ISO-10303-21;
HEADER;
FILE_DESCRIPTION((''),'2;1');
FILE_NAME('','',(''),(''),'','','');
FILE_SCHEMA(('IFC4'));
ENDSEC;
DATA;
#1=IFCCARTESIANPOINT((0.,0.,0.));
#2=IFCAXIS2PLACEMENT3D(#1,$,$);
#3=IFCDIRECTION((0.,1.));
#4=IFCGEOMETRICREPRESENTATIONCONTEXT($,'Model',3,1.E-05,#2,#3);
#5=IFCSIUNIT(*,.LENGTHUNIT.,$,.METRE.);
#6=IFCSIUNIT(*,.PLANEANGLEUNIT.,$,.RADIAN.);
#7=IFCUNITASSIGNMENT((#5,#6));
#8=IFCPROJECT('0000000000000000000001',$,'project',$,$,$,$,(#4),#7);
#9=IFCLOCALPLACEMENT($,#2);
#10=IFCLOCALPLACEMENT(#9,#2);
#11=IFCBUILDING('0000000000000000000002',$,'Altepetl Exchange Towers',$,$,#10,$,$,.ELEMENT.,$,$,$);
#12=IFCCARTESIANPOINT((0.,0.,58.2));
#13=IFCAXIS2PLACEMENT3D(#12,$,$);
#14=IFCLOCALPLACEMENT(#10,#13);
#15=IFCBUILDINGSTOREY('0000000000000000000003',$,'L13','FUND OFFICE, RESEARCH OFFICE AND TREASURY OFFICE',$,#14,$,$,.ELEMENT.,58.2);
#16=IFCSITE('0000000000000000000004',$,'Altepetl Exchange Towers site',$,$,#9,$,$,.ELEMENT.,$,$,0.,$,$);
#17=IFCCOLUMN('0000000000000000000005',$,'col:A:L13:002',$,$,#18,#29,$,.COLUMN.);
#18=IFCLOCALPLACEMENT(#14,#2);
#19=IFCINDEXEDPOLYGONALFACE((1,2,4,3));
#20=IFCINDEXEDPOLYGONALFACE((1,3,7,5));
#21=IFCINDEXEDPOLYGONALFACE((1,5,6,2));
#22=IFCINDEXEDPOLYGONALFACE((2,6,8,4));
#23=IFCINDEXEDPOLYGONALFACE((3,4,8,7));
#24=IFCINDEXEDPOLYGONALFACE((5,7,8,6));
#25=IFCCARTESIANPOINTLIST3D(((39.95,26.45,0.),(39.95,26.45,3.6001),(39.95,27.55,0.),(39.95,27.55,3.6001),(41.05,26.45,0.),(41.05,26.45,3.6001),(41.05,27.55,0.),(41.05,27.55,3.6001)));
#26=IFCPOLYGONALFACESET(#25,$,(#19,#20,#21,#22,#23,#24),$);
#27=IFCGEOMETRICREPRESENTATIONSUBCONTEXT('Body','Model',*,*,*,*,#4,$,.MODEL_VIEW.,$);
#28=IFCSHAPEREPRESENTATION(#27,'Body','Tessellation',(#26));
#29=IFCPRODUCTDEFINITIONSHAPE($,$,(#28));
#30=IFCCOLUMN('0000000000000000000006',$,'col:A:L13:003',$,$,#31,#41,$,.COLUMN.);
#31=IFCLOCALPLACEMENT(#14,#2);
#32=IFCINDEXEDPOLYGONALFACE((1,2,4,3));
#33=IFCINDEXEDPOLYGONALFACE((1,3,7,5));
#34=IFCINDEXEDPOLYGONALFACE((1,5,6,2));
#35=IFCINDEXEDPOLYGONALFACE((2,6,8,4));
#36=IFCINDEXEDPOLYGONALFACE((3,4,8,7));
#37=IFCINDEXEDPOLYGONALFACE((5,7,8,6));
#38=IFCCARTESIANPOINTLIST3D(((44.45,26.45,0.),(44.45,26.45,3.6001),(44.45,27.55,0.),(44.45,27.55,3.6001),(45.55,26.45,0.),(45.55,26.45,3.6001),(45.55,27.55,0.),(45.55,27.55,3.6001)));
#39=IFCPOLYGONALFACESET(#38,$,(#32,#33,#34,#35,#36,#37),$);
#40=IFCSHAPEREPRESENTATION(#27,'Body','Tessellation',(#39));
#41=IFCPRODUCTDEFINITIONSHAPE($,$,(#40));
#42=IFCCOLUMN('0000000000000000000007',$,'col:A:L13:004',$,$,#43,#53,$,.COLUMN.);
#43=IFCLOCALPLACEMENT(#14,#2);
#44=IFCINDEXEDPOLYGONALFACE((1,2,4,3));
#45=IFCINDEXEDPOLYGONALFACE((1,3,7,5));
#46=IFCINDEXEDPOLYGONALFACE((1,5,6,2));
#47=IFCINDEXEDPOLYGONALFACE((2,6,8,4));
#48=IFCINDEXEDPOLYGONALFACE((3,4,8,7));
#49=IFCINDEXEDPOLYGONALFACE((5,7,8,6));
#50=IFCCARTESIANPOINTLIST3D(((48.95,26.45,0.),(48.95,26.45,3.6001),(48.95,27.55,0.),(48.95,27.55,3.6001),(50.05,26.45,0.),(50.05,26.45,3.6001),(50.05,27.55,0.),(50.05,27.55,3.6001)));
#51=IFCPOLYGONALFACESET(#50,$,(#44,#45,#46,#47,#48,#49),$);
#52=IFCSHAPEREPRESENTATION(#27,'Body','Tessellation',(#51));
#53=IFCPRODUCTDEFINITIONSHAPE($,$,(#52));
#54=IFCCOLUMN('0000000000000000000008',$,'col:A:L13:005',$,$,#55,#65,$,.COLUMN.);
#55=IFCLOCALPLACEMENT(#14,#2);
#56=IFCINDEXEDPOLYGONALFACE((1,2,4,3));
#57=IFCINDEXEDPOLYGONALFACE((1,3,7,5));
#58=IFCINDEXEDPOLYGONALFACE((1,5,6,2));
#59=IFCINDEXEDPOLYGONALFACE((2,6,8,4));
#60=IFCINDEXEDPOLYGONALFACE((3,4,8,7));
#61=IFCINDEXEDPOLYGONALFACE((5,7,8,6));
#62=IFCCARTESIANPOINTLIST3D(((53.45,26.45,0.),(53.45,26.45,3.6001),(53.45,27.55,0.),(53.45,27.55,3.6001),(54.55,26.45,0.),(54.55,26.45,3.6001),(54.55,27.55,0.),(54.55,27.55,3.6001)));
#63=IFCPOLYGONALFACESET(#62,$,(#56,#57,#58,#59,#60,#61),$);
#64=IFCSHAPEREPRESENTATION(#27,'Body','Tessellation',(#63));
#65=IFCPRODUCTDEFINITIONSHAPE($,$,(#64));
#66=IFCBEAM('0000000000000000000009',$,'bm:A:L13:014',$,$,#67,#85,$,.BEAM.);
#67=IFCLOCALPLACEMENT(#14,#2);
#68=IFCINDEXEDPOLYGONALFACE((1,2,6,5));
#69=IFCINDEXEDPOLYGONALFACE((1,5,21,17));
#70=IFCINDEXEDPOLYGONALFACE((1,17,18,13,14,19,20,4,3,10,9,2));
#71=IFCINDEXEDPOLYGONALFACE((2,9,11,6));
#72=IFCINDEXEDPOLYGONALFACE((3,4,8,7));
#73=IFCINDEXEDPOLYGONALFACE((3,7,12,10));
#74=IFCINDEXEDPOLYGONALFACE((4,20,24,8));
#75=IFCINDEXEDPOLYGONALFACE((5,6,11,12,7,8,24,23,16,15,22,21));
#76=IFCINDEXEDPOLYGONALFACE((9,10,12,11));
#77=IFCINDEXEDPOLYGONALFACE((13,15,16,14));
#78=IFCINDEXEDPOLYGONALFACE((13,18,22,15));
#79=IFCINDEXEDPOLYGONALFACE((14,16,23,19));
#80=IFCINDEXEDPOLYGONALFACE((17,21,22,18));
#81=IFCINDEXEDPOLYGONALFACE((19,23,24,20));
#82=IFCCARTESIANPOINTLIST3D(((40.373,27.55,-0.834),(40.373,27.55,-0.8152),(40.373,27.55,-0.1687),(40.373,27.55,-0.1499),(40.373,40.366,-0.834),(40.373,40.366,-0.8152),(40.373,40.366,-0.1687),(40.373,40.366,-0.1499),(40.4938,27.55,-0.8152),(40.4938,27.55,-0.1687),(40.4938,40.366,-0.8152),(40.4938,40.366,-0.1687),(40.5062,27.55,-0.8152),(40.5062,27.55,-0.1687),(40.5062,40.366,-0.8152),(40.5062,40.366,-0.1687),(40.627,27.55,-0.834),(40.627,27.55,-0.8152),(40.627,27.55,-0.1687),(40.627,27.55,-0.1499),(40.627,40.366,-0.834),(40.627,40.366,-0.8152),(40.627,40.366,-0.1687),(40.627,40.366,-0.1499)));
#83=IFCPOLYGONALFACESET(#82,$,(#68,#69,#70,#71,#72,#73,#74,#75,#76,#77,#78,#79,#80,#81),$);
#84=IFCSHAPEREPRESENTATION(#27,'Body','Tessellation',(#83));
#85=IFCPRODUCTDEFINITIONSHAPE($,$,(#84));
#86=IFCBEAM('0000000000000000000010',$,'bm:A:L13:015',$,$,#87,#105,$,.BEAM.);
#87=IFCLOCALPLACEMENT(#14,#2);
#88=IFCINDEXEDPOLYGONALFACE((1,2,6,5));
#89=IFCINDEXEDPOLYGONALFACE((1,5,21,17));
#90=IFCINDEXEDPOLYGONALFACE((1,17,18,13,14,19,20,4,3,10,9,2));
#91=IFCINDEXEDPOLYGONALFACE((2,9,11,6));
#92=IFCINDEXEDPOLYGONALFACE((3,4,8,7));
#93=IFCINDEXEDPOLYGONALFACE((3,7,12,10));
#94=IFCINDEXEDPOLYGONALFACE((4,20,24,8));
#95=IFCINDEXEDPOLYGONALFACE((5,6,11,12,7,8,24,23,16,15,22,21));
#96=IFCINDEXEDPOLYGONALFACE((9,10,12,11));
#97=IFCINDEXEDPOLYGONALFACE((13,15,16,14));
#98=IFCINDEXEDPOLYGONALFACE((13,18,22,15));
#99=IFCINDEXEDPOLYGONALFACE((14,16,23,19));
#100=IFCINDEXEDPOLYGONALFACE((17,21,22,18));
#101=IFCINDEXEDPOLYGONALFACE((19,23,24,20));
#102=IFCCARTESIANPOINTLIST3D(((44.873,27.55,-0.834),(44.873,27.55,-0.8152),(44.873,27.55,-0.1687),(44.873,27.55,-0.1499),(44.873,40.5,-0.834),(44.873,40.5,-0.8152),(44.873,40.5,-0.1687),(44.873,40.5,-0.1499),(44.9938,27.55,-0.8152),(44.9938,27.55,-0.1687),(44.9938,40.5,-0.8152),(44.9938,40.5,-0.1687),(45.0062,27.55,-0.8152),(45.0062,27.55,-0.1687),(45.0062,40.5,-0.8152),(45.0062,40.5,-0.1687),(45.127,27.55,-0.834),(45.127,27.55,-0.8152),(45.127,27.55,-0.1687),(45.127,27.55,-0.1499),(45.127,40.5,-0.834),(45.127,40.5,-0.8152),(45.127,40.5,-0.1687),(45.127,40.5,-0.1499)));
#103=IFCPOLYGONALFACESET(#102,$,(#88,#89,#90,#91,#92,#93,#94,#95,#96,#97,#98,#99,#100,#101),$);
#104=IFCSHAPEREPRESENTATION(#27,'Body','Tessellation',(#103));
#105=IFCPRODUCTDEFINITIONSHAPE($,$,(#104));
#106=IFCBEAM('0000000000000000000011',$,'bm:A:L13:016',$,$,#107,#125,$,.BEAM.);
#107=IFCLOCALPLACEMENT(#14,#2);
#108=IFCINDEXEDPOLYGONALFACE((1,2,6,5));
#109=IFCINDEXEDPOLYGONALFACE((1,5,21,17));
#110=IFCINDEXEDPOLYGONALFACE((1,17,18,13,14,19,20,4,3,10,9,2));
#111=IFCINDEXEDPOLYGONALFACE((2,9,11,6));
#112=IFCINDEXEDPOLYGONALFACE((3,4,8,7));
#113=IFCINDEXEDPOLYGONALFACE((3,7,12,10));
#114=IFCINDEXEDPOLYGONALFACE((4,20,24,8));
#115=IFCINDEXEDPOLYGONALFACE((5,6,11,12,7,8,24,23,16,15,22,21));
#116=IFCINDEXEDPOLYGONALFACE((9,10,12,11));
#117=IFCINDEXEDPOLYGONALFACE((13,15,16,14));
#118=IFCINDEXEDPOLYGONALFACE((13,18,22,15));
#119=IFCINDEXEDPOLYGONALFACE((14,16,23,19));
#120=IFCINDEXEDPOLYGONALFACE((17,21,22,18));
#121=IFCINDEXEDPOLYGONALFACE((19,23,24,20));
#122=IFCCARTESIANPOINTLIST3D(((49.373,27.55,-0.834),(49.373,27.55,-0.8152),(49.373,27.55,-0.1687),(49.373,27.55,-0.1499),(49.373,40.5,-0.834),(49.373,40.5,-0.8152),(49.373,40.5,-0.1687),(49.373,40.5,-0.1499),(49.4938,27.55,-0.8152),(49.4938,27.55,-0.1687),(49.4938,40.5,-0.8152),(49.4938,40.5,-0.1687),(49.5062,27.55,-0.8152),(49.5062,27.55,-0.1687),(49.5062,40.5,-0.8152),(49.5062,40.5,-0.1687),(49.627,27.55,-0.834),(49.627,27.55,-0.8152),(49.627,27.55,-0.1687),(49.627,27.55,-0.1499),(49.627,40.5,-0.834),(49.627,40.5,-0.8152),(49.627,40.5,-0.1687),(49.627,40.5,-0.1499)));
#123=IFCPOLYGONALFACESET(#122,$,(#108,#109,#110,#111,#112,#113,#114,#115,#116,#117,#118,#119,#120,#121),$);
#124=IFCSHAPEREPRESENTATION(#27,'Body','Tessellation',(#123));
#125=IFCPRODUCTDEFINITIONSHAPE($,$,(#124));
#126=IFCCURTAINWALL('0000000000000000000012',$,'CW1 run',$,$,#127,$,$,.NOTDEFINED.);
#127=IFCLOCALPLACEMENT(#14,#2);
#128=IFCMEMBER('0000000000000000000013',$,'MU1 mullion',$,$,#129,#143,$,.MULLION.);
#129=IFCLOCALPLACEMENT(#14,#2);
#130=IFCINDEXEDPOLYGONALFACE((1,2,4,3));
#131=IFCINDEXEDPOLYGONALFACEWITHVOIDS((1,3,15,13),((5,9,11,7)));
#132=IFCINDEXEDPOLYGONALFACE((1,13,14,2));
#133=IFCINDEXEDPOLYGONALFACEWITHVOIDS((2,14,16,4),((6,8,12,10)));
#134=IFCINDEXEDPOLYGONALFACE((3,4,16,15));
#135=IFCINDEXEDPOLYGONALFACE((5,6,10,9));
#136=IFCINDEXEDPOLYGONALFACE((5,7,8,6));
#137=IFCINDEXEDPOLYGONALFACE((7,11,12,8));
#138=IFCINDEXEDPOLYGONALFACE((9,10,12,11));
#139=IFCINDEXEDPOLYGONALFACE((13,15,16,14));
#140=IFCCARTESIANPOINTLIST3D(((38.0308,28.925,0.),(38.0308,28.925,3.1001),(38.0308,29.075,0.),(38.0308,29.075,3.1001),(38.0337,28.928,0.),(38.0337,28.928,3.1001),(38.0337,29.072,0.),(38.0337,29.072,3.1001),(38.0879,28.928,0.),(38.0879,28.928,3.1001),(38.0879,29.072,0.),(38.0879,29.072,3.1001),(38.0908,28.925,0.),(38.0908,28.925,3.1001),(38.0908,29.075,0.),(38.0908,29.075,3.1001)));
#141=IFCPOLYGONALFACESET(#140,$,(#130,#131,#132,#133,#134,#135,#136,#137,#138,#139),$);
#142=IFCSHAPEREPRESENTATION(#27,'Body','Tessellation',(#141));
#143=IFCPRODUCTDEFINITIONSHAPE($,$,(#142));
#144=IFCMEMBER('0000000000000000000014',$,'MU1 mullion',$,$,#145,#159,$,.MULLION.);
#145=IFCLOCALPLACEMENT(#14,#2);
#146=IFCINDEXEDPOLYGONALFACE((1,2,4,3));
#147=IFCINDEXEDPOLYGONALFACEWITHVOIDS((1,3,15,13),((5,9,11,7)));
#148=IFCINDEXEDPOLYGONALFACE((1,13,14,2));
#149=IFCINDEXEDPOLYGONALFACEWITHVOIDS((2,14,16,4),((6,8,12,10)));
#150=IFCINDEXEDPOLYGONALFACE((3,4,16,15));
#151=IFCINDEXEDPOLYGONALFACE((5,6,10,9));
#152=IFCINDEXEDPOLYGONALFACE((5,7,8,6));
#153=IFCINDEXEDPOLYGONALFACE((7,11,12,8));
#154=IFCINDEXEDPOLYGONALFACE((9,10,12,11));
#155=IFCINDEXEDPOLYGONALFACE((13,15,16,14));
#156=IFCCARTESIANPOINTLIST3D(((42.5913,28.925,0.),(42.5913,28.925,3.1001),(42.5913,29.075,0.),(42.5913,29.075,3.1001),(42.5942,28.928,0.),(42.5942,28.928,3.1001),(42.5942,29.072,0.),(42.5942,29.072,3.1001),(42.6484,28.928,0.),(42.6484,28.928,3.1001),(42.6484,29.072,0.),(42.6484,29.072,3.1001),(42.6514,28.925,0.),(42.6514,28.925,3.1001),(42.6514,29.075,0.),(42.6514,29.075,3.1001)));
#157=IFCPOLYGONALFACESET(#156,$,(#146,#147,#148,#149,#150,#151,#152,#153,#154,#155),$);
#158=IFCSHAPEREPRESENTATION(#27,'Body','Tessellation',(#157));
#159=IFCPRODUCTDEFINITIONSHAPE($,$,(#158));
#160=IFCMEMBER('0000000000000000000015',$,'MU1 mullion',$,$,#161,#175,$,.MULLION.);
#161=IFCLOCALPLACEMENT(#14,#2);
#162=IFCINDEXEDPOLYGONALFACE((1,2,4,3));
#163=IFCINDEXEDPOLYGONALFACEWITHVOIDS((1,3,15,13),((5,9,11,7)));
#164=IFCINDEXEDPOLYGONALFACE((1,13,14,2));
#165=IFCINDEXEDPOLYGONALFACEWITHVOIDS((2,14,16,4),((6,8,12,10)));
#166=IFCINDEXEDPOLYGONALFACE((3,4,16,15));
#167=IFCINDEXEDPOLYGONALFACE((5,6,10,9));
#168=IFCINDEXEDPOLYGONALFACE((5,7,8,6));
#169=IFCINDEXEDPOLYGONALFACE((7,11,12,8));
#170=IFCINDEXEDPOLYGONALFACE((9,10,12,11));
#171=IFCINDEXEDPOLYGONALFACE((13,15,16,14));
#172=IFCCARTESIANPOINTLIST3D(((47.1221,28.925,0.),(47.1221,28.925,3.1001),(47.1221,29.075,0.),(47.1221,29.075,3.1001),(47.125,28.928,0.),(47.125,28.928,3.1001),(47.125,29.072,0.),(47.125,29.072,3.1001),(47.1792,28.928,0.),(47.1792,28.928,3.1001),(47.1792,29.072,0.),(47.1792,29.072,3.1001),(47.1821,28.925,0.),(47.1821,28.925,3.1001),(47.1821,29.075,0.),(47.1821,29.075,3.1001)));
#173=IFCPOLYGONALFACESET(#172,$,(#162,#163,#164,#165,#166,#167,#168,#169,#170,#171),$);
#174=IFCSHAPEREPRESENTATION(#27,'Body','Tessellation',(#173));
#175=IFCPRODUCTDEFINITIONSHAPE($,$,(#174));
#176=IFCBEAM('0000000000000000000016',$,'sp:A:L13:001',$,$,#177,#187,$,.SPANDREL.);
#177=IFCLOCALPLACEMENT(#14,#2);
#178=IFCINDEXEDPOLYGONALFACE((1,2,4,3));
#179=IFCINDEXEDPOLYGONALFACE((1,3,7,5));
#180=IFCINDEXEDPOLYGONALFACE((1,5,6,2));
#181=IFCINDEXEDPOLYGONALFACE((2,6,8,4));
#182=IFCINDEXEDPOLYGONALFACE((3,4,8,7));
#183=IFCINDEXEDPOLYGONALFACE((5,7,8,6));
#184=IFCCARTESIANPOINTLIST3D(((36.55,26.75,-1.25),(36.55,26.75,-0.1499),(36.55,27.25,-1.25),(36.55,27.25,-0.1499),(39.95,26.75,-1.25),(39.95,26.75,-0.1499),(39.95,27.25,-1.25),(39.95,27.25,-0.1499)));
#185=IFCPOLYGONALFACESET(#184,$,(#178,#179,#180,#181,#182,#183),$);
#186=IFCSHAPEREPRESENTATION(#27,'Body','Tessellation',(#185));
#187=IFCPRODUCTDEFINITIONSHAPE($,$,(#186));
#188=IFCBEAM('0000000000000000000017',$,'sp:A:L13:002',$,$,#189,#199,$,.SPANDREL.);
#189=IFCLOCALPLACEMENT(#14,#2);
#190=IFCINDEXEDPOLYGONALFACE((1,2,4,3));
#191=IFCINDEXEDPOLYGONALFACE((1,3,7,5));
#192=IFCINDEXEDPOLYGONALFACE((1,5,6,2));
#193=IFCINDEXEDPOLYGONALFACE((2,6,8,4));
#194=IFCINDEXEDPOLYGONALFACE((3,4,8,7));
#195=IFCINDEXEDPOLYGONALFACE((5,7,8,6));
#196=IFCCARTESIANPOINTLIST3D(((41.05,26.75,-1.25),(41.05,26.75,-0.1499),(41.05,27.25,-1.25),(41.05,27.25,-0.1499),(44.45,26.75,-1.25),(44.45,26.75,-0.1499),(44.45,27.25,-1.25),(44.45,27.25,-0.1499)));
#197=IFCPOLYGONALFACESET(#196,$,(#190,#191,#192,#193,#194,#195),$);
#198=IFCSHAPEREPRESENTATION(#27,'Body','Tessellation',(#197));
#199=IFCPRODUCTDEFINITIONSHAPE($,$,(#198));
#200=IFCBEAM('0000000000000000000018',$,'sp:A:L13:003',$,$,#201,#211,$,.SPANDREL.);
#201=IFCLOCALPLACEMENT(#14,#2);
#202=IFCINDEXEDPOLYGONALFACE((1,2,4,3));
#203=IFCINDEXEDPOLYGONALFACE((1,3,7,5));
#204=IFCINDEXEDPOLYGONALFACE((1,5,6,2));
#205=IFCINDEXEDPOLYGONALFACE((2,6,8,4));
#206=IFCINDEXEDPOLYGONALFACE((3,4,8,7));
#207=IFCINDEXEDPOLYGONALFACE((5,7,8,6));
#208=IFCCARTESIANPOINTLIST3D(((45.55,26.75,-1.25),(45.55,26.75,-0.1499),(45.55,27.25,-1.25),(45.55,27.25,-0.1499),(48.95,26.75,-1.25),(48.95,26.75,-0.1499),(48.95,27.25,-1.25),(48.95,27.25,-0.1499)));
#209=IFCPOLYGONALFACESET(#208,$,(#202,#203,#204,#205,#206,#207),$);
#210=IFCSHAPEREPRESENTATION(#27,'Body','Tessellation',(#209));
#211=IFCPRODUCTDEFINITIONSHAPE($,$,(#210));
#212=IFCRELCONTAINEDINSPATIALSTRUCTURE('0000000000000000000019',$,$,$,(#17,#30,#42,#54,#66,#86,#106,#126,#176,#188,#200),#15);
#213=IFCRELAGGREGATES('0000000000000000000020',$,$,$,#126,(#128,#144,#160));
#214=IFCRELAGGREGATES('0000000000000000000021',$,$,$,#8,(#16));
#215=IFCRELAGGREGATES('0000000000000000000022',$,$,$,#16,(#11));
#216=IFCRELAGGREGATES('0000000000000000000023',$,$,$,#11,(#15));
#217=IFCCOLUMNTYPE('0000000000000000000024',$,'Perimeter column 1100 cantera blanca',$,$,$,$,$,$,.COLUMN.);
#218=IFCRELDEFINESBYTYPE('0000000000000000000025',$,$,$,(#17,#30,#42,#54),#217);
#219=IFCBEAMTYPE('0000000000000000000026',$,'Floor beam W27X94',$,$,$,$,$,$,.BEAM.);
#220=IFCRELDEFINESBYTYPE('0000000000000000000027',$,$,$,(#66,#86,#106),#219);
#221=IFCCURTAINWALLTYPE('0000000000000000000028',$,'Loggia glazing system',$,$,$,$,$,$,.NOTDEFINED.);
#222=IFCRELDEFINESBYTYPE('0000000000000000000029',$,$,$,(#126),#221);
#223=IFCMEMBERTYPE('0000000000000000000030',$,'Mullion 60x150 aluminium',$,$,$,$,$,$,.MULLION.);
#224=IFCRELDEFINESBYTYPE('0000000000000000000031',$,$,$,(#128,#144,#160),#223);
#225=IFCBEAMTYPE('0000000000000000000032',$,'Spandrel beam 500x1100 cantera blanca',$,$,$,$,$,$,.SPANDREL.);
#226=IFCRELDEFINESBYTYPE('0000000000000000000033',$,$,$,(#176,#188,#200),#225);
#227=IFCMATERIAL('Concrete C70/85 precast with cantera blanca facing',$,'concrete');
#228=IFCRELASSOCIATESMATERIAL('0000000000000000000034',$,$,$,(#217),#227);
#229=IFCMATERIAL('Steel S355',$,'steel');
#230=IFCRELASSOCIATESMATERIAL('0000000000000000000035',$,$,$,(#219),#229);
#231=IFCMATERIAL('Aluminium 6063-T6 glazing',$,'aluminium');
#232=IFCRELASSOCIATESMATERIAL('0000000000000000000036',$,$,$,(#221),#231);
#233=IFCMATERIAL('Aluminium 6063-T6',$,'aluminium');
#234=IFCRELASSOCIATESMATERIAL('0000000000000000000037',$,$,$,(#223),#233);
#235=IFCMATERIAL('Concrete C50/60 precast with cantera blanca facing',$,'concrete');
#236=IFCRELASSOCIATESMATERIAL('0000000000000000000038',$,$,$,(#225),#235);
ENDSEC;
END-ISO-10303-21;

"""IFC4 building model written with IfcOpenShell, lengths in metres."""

from ifc_helpers import new_model, si_unit, direction, frame, origin, origin_2d, place, context, subcontext, project, spatial, rectangle, hollow_rectangle, i_section, extrude, material, material_profile, profile_set, type_object, element, aggregate, save


model = new_model("IFC4")

# Units and contexts
model_context = context("Model", 3, precision=1e-05, world=origin(), true_north=direction((0.0, 1.0)))
body_context = subcontext(model_context, "Body", "Model", "MODEL_VIEW")
ifc_project = project(units=[si_unit("LENGTHUNIT", "METRE"), si_unit("PLANEANGLEUNIT", "RADIAN")], contexts=[model_context])

# Site, building, storey
site_placement = place(None, origin())
site = spatial("IfcSite", under=ifc_project, at=site_placement, Name="Altepetl Exchange Towers site", CompositionType="ELEMENT", RefElevation=0.0)
building_placement = place(site_placement, origin())
building = spatial("IfcBuilding", under=site, at=building_placement, Name="Altepetl Exchange Towers", CompositionType="ELEMENT")
storey_placement = place(building_placement, frame((0.0, 0.0, 58.2)))
storey = spatial("IfcBuildingStorey", under=building, at=storey_placement, Name="L13", Description="FUND OFFICE, RESEARCH OFFICE AND TREASURY OFFICE", CompositionType="ELEMENT", Elevation=58.2)

# Columns
ifc_material_1 = material(Name="Concrete C70/85 precast with cantera blanca facing", Category="concrete")
ifc_material_profile_1 = material_profile(ifc_material_1, rectangle(XDim=1.1001, YDim=1.1001, at=origin_2d()), Name="1100 x 1100")
ifc_profile_set_1 = profile_set([ifc_material_profile_1], Name="Concrete C70/85 precast with cantera blanca facing")
column_type = type_object("IfcColumnType", Name="Perimeter column 1100 cantera blanca", PredefinedType="COLUMN", material=ifc_profile_set_1)
for number, where, name in (
    (1, (40.5, 27.0, 0.0), "col:A:L13:002"),
    (2, (45.0, 27.0, 0.0), "col:A:L13:003"),
    (3, (49.5, 27.0, 0.0), "col:A:L13:004"),
    (4, (54.0, 27.0, 0.0), "col:A:L13:005"),
):
    element("IfcColumn", number, at=place(storey_placement, frame(where)), inside=storey, type_object=column_type, Name=name, PredefinedType="COLUMN", context=body_context, shape_type="SweptSolid", body=[
        extrude(rectangle(XDim=1.1001, YDim=1.1001, at=origin_2d()), origin(), (0.0, 0.0, 1.0), 3.6001),
    ])

# Beams
ifc_material_2 = material(Name="Steel S355", Category="steel")
ifc_material_profile_2 = material_profile(ifc_material_2, i_section(OverallWidth=0.2539, OverallDepth=0.6841, WebThickness=0.0125, FlangeThickness=0.0188, at=origin_2d()), Name="W27X94")
ifc_profile_set_2 = profile_set([ifc_material_profile_2], Name="Steel S355")
beam_type_1 = type_object("IfcBeamType", Name="Floor beam W27X94", PredefinedType="BEAM", material=ifc_profile_set_2)
beam_placement = place(storey_placement, frame((40.5, 27.55, -0.4919), z_axis=(0.0, 1.0, 0.0), x_axis=(-1.0, 0.0, 0.0)))
element("IfcBeam", 5, at=beam_placement, inside=storey, type_object=beam_type_1, Name="bm:A:L13:014", PredefinedType="BEAM", context=body_context, shape_type="SweptSolid", body=[
    extrude(i_section(OverallWidth=0.2539, OverallDepth=0.6841, WebThickness=0.0125, FlangeThickness=0.0188, at=origin_2d()), origin(), (0.0, 0.0, 1.0), 12.8159),
])
for number, where, z_axis, x_axis, name in (
    (6, (45.0, 27.55, -0.4919), (0.0, 1.0, 0.0), (-1.0, 0.0, 0.0), "bm:A:L13:015"),
    (7, (49.5, 27.55, -0.4919), (0.0, 1.0, 0.0), (-1.0, 0.0, 0.0), "bm:A:L13:016"),
):
    element("IfcBeam", number, at=place(storey_placement, frame(where, z_axis=z_axis, x_axis=x_axis)), inside=storey, type_object=beam_type_1, Name=name, PredefinedType="BEAM", context=body_context, shape_type="SweptSolid", body=[
        extrude(i_section(OverallWidth=0.2539, OverallDepth=0.6841, WebThickness=0.0125, FlangeThickness=0.0188, at=origin_2d()), origin(), (0.0, 0.0, 1.0), 12.95),
    ])

# Curtain wall, members
ifc_material_3 = material(Name="Aluminium 6063-T6 glazing", Category="aluminium")
curtain_wall_type = type_object("IfcCurtainWallType", Name="Loggia glazing system", PredefinedType="NOTDEFINED", material=ifc_material_3)
curtain_wall_placement = place(storey_placement, origin())
curtain_wall = element("IfcCurtainWall", 8, at=curtain_wall_placement, inside=storey, type_object=curtain_wall_type, Name="CW1 run", PredefinedType="NOTDEFINED")
ifc_material_4 = material(Name="Aluminium 6063-T6", Category="aluminium")
ifc_material_profile_3 = material_profile(ifc_material_4, hollow_rectangle(XDim=0.0601, YDim=0.1499, WallThickness=0.0029, at=origin_2d()), Name="Mullion 60x150 aluminium")
ifc_profile_set_3 = profile_set([ifc_material_profile_3], Name="Aluminium 6063-T6")
member_type = type_object("IfcMemberType", Name="Mullion 60x150 aluminium", PredefinedType="MULLION", material=ifc_profile_set_3)
member_1_placement = place(storey_placement, frame((38.0608, 29.0, 0.0)))
member_1 = element("IfcMember", 9, at=member_1_placement, type_object=member_type, Name="MU1 mullion", PredefinedType="MULLION", context=body_context, shape_type="SweptSolid", body=[
    extrude(hollow_rectangle(XDim=0.0601, YDim=0.1499, WallThickness=0.0029, at=origin_2d()), origin(), (0.0, 0.0, 1.0), 3.1001),
])
member_2_placement = place(storey_placement, frame((42.6213, 29.0, 0.0)))
member_2 = element("IfcMember", 10, at=member_2_placement, type_object=member_type, Name="MU1 mullion", PredefinedType="MULLION", context=body_context, shape_type="SweptSolid", body=[
    extrude(hollow_rectangle(XDim=0.0601, YDim=0.1499, WallThickness=0.0029, at=origin_2d()), origin(), (0.0, 0.0, 1.0), 3.1001),
])
member_3_placement = place(storey_placement, frame((47.1521, 29.0, 0.0)))
member_3 = element("IfcMember", 11, at=member_3_placement, type_object=member_type, Name="MU1 mullion", PredefinedType="MULLION", context=body_context, shape_type="SweptSolid", body=[
    extrude(hollow_rectangle(XDim=0.0601, YDim=0.1499, WallThickness=0.0029, at=origin_2d()), origin(), (0.0, 0.0, 1.0), 3.1001),
])

# Beams
ifc_material_5 = material(Name="Concrete C50/60 precast with cantera blanca facing", Category="concrete")
ifc_material_profile_4 = material_profile(ifc_material_5, rectangle(XDim=0.5, YDim=1.1001, at=origin_2d()), Name="500 x 1100")
ifc_profile_set_4 = profile_set([ifc_material_profile_4], Name="Concrete C50/60 precast with cantera blanca facing")
beam_type_2 = type_object("IfcBeamType", Name="Spandrel beam 500x1100 cantera blanca", PredefinedType="SPANDREL", material=ifc_profile_set_4)
for number, where, z_axis, x_axis, name in (
    (12, (36.55, 27.0, -0.7), (1.0, 0.0, 0.0), (0.0, 1.0, 0.0), "sp:A:L13:001"),
    (13, (41.05, 27.0, -0.7), (1.0, 0.0, 0.0), (0.0, 1.0, 0.0), "sp:A:L13:002"),
    (14, (45.55, 27.0, -0.7), (1.0, 0.0, 0.0), (0.0, 1.0, 0.0), "sp:A:L13:003"),
):
    element("IfcBeam", number, at=place(storey_placement, frame(where, z_axis=z_axis, x_axis=x_axis)), inside=storey, type_object=beam_type_2, Name=name, PredefinedType="SPANDREL", context=body_context, shape_type="SweptSolid", body=[
        extrude(rectangle(XDim=0.5, YDim=1.1001, at=origin_2d()), origin(), (0.0, 0.0, 1.0), 3.3999),
    ])

aggregate(curtain_wall, [member_1, member_2, member_3])

save(model, "model.ifc")
